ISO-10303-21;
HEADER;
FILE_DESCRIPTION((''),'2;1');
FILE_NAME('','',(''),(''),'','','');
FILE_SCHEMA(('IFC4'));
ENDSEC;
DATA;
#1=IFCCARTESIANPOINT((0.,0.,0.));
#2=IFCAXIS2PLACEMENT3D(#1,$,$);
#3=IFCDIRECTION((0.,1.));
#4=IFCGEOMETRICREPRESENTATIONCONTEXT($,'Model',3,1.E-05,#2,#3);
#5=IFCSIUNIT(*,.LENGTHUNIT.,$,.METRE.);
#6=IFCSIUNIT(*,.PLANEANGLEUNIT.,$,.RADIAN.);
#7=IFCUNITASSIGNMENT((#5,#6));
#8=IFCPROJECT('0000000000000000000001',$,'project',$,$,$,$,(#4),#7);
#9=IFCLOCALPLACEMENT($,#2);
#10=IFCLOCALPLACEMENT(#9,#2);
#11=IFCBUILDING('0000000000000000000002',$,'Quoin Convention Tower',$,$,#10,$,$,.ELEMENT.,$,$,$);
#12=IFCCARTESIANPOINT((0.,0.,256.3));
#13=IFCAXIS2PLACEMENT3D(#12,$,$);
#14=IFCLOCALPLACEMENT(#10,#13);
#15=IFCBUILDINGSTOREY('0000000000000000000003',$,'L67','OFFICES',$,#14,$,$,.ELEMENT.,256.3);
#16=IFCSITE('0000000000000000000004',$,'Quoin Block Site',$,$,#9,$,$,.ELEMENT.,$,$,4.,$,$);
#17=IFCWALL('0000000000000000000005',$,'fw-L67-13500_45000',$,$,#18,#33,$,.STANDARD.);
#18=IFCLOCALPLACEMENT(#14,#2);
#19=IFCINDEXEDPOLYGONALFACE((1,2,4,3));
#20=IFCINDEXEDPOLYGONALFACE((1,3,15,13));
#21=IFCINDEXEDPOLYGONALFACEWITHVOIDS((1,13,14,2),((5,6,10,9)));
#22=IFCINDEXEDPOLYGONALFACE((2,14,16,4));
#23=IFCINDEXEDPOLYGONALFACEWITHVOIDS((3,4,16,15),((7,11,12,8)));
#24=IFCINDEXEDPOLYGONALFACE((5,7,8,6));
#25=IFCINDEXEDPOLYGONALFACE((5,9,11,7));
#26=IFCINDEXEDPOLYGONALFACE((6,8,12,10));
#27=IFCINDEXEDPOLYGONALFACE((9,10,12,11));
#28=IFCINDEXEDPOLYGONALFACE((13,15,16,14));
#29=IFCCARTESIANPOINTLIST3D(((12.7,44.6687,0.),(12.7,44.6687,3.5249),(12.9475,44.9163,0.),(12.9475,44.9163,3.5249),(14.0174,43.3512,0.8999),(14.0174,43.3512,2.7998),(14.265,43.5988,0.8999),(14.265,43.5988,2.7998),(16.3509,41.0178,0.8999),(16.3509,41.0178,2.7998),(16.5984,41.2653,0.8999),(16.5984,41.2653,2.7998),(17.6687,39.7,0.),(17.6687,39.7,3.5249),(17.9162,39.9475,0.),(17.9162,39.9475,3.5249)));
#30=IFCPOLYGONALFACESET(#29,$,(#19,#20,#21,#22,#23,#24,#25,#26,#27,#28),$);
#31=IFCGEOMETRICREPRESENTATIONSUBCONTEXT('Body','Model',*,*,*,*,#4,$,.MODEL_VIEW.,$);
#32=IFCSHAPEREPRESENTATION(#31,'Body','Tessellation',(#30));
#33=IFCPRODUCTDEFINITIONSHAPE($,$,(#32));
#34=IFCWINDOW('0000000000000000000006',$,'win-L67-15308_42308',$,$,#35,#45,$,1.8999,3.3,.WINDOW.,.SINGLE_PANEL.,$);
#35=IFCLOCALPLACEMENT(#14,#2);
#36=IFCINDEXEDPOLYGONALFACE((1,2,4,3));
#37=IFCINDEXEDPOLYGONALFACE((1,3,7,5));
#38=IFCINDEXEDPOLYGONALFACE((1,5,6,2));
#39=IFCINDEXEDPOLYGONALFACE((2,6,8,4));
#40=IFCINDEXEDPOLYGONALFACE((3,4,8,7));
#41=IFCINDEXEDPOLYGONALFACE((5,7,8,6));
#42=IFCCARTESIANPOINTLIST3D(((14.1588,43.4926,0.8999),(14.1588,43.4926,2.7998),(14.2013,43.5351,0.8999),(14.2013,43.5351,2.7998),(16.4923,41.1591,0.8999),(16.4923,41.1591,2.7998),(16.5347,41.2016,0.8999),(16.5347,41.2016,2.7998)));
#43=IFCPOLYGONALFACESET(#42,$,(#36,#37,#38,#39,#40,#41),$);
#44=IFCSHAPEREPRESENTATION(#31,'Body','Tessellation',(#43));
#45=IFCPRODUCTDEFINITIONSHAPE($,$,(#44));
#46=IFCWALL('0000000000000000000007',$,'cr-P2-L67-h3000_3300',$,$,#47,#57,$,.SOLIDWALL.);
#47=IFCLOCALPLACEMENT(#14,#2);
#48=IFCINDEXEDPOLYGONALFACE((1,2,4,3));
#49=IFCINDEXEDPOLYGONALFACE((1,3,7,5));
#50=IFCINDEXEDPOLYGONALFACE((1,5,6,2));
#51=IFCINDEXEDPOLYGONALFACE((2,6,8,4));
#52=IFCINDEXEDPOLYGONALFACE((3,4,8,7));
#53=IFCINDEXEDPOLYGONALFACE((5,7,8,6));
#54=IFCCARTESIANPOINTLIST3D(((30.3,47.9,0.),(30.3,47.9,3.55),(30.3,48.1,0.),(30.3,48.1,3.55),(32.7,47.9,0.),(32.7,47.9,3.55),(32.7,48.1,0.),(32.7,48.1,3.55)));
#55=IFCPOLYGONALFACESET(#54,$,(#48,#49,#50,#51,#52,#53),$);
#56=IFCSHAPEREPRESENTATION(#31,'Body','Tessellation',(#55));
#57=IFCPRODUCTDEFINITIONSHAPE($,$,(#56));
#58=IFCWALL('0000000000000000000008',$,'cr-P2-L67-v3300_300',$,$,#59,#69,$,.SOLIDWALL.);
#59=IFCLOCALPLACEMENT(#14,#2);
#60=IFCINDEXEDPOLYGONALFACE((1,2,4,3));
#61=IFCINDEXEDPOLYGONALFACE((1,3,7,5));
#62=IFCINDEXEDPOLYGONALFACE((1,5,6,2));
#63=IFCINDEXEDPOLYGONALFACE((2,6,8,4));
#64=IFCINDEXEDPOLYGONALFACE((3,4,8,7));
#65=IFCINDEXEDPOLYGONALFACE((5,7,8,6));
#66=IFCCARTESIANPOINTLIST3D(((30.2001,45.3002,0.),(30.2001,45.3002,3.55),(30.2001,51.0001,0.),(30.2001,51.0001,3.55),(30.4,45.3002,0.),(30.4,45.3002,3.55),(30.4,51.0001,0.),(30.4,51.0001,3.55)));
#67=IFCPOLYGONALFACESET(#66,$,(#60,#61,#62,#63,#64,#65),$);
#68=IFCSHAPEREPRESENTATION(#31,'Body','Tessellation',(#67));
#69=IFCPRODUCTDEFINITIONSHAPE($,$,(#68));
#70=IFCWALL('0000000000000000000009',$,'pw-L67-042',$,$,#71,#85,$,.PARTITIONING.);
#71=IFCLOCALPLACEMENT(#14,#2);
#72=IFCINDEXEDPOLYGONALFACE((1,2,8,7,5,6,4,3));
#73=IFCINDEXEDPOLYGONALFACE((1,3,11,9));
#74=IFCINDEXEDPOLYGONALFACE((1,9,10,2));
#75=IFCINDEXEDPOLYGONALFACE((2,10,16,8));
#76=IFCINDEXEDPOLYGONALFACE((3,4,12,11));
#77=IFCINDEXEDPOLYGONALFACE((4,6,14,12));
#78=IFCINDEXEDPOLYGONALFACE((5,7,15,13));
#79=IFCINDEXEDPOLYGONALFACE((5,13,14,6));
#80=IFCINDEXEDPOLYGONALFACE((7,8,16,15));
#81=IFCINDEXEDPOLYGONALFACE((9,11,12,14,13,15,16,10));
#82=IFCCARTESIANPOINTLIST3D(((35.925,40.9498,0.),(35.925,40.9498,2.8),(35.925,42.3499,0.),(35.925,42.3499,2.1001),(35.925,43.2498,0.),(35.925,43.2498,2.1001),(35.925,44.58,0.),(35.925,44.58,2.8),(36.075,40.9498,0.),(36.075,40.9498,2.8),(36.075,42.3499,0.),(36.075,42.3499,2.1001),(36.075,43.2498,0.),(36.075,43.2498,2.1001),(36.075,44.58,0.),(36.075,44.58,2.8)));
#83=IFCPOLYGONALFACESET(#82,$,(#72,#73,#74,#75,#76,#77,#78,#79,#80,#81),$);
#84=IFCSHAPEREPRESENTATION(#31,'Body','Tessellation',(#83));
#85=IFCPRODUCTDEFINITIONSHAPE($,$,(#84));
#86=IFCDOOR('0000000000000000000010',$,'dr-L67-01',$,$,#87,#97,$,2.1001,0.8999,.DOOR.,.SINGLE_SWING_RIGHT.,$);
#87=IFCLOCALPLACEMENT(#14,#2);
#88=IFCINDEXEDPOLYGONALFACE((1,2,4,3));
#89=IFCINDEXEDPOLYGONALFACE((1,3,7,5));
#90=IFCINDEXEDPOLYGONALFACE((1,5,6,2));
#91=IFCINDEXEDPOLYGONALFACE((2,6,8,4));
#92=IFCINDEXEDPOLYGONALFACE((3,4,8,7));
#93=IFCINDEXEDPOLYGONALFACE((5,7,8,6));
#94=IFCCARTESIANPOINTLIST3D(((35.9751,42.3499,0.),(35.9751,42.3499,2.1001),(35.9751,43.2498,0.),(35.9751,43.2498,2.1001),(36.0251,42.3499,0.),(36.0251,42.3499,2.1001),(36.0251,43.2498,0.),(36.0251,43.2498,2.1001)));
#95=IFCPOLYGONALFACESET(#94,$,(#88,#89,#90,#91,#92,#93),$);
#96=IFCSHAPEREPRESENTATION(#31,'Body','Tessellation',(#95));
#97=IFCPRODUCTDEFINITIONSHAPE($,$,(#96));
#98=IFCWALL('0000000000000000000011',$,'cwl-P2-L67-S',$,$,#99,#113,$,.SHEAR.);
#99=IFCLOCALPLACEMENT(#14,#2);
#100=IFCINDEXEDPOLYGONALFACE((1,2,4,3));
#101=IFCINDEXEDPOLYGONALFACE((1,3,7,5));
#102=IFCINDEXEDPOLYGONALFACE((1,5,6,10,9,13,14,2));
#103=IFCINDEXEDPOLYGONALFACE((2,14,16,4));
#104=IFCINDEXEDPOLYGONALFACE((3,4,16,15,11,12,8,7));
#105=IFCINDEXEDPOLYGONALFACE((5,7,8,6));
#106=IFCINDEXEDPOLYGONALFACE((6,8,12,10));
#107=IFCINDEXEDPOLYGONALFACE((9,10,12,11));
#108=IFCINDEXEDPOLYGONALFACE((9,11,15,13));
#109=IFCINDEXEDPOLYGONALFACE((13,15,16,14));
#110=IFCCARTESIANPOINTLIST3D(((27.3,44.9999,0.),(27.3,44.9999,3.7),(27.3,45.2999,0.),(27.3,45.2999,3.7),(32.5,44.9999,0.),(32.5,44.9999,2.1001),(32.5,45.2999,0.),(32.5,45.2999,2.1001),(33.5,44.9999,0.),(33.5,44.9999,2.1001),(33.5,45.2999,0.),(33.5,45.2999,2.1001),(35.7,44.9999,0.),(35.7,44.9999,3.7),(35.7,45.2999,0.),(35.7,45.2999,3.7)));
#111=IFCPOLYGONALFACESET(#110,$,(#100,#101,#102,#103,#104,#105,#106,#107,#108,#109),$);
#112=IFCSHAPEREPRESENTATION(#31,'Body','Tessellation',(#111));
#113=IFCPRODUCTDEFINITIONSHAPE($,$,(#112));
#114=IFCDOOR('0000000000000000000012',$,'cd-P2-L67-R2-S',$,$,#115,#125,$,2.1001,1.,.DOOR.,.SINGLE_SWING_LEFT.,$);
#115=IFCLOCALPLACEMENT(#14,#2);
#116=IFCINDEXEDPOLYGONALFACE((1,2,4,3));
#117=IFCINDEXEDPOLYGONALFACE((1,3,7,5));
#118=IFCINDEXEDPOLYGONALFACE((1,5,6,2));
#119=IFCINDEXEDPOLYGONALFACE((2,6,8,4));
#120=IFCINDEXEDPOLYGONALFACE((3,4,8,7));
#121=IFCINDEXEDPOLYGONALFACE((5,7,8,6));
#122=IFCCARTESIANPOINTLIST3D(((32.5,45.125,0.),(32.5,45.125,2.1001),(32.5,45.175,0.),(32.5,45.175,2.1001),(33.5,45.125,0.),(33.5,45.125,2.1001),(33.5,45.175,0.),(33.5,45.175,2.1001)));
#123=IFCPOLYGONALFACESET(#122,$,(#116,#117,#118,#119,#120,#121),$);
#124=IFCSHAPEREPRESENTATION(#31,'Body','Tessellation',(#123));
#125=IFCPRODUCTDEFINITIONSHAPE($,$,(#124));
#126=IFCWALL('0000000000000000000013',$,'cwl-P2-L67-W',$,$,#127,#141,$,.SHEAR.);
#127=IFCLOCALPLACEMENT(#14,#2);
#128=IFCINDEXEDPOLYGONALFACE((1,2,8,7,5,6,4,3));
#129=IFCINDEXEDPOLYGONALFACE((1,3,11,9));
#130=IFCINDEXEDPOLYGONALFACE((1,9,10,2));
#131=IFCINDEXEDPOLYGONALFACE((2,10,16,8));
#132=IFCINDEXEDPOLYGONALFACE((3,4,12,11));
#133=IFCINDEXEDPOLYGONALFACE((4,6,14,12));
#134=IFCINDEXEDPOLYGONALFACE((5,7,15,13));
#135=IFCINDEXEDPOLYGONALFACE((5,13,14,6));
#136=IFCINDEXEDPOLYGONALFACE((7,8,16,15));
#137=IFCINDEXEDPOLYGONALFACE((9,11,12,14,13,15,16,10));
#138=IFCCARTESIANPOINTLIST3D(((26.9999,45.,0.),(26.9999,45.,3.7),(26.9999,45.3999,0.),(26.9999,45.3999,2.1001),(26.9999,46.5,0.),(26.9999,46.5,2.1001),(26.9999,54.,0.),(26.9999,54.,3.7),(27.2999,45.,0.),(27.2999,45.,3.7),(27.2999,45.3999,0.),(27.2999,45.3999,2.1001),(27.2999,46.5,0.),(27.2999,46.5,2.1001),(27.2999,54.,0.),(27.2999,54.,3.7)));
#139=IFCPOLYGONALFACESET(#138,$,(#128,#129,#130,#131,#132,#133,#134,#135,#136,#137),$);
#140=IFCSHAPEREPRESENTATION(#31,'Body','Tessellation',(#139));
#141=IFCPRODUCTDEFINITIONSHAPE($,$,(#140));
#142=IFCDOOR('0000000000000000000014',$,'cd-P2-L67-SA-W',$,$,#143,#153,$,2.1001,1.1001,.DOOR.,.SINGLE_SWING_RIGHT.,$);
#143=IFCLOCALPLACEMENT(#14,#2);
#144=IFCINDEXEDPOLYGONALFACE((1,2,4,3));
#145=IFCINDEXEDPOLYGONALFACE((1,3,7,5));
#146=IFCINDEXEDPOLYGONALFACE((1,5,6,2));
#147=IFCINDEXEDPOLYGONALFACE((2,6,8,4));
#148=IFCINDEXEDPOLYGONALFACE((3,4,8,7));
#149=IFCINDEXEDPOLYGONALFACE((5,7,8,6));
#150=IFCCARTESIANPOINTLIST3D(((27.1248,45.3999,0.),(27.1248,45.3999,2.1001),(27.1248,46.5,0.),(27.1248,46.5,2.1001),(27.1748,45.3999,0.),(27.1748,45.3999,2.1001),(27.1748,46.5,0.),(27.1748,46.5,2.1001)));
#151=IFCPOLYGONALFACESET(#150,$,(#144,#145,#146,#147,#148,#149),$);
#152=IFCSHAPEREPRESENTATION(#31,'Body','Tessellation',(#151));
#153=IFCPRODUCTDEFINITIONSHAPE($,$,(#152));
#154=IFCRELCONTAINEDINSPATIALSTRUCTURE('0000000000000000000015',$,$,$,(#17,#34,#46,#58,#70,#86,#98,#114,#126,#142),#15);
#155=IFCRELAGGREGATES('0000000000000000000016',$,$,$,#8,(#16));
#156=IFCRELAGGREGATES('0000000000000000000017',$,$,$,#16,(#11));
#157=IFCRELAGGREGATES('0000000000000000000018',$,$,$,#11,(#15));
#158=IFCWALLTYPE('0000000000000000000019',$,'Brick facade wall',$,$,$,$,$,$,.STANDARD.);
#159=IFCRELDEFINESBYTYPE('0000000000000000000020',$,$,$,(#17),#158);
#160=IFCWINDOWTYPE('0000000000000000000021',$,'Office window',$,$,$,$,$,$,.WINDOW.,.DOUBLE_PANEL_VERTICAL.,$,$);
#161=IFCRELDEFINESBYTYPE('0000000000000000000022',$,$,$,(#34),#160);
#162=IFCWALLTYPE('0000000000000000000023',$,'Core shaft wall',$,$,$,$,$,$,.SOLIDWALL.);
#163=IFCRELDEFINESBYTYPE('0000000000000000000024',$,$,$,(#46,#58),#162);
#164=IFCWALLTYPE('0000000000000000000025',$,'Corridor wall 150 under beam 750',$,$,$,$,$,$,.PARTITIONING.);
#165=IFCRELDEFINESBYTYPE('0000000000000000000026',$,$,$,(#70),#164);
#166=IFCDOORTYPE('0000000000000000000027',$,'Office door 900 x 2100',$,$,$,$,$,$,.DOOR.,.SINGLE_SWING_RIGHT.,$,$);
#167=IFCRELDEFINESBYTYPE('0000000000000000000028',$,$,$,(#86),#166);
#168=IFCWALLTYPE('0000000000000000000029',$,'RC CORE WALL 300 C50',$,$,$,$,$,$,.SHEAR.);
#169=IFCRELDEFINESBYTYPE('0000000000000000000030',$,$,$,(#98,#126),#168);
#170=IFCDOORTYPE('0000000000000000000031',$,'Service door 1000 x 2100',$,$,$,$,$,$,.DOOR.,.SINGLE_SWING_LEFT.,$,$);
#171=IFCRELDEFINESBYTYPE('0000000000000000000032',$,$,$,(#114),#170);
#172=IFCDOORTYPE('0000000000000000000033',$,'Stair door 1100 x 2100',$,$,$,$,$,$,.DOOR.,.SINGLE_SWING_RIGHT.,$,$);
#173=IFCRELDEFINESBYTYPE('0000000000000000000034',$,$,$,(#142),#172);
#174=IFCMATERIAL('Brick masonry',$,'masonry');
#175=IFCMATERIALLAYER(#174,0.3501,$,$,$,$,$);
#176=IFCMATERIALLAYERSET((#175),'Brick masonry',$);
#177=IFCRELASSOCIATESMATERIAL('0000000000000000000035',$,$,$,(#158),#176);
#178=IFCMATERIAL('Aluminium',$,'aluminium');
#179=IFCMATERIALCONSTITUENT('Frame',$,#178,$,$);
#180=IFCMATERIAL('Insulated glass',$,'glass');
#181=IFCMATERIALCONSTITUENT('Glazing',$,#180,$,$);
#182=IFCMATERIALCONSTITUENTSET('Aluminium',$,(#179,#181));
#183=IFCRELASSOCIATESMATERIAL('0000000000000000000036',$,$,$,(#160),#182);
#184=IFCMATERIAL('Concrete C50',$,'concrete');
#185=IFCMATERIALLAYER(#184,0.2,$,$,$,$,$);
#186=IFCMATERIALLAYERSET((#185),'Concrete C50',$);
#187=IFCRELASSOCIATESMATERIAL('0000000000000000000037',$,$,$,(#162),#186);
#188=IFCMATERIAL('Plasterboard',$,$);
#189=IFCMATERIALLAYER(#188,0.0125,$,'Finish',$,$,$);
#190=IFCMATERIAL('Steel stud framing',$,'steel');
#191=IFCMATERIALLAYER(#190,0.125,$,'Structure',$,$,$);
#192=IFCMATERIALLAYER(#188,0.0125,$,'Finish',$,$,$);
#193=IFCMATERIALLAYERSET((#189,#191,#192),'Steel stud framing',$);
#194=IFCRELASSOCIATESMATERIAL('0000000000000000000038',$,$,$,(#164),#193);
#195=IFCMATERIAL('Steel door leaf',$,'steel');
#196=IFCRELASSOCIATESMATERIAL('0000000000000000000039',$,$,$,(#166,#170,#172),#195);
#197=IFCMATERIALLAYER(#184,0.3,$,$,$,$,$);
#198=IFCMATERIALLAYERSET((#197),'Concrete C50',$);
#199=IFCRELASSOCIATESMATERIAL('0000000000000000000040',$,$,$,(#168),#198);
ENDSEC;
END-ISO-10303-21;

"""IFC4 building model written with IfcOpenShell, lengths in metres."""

from ifc_helpers import new_model, si_unit, direction, frame, frame_2d, origin, place, context, subcontext, project, spatial, rectangle, extrude, material, layer, layer_set, constituent, constituent_set, type_object, element, fill, save


model = new_model("IFC4")

# Units and contexts
model_context = context("Model", 3, precision=1e-05, world=origin(), true_north=direction((0.0, 1.0)))
body_context = subcontext(model_context, "Body", "Model", "MODEL_VIEW")
ifc_project = project(units=[si_unit("LENGTHUNIT", "METRE"), si_unit("PLANEANGLEUNIT", "RADIAN")], contexts=[model_context])

# Site, building, storey
site_placement = place(None, origin())
site = spatial("IfcSite", under=ifc_project, at=site_placement, Name="Quoin Block Site", CompositionType="ELEMENT", RefElevation=4.0)
building_placement = place(site_placement, origin())
building = spatial("IfcBuilding", under=site, at=building_placement, Name="Quoin Convention Tower", CompositionType="ELEMENT")
storey_placement = place(building_placement, frame((0.0, 0.0, 256.3)))
storey = spatial("IfcBuildingStorey", under=building, at=storey_placement, Name="L67", Description="OFFICES", CompositionType="ELEMENT", Elevation=256.3)

# Shared definitions
ifc_material_1 = material(Name="Concrete C50", Category="concrete")

# Wall, opening, window
ifc_material_2 = material(Name="Brick masonry", Category="masonry")
ifc_layer_1 = layer(ifc_material_2, 0.3501)
ifc_layer_set_1 = layer_set([ifc_layer_1], Name="Brick masonry")
wall_type_1 = type_object("IfcWallType", Name="Brick facade wall", PredefinedType="STANDARD", material=ifc_layer_set_1)
wall_1_placement = place(storey_placement, frame((12.8237, 44.7925, 0.0), z_axis=(0.0, 0.0, 1.0), x_axis=(0.707107, -0.707107, 0.0)))
wall_1 = element("IfcWall", 1, at=wall_1_placement, inside=storey, type_object=wall_type_1, Name="fw-L67-13500_45000", PredefinedType="STANDARD", context=body_context, shape_type="SweptSolid", body=[
    extrude(rectangle(XDim=7.0269, YDim=0.3501, at=frame_2d((3.5134, 0.0))), origin(), (0.0, 0.0, 1.0), 3.5249),
])
opening_1_placement = place(wall_1_placement, frame((1.8633, 0.0, 0.8999)))
opening_1 = element("IfcOpeningElement", 2, at=opening_1_placement, cuts=wall_1, PredefinedType="OPENING", context=body_context, shape_type="SweptSolid", body=[
    extrude(rectangle(XDim=3.3, YDim=1.8999, at=frame_2d((1.6499, 0.95))), frame((0.0, 0.1851, 0.0), z_axis=(0.0, -1.0, 0.0), x_axis=(1.0, 0.0, 0.0)), (0.0, 0.0, 1.0), 0.3701),
])
ifc_material_3 = material(Name="Aluminium", Category="aluminium")
ifc_constituent_1 = constituent(ifc_material_3, Name="Frame")
ifc_material_4 = material(Name="Insulated glass", Category="glass")
ifc_constituent_2 = constituent(ifc_material_4, Name="Glazing")
ifc_constituent_set = constituent_set(constituents=[ifc_constituent_1, ifc_constituent_2], Name="Aluminium")
window_type = type_object("IfcWindowType", Name="Office window", PartitioningType="DOUBLE_PANEL_VERTICAL", PredefinedType="WINDOW", material=ifc_constituent_set)
window_placement = place(opening_1_placement, origin())
window = element("IfcWindow", 3, at=window_placement, inside=storey, type_object=window_type, Name="win-L67-15308_42308", OverallHeight=1.8999, OverallWidth=3.3, PartitioningType="SINGLE_PANEL", PredefinedType="WINDOW", context=body_context, shape_type="SweptSolid", body=[
    extrude(rectangle(XDim=3.3, YDim=1.8999, at=frame_2d((1.6499, 0.95))), frame((0.0, 0.085, 0.0), z_axis=(0.0, -1.0, 0.0), x_axis=(1.0, 0.0, 0.0)), (0.0, 0.0, 1.0), 0.0601),
])
fill(opening_1, window)

# Walls
ifc_layer_2 = layer(ifc_material_1, 0.2)
ifc_layer_set_2 = layer_set([ifc_layer_2], Name="Concrete C50")
wall_type_2 = type_object("IfcWallType", Name="Core shaft wall", PredefinedType="SOLIDWALL", material=ifc_layer_set_2)
wall_2_placement = place(storey_placement, frame((30.3, 48.0, 0.0), z_axis=(0.0, 0.0, 1.0), x_axis=(1.0, 0.0, 0.0)))
element("IfcWall", 4, at=wall_2_placement, inside=storey, type_object=wall_type_2, Name="cr-P2-L67-h3000_3300", PredefinedType="SOLIDWALL", context=body_context, shape_type="SweptSolid", body=[
    extrude(rectangle(XDim=2.3999, YDim=0.2, at=frame_2d((1.2, 0.0))), origin(), (0.0, 0.0, 1.0), 3.55),
])
wall_3_placement = place(storey_placement, frame((30.3, 45.3, 0.0), z_axis=(0.0, 0.0, 1.0), x_axis=(0.0, 1.0, 0.0)))
element("IfcWall", 5, at=wall_3_placement, inside=storey, type_object=wall_type_2, Name="cr-P2-L67-v3300_300", PredefinedType="SOLIDWALL", context=body_context, shape_type="SweptSolid", body=[
    extrude(rectangle(XDim=5.7, YDim=0.2, at=frame_2d((2.8501, 0.0))), origin(), (0.0, 0.0, 1.0), 3.55),
])

# Walls, openings, doors
ifc_material_5 = material(Name="Plasterboard")
ifc_layer_3 = layer(ifc_material_5, 0.0125, Name="Finish")
ifc_material_6 = material(Name="Steel stud framing", Category="steel")
ifc_layer_4 = layer(ifc_material_6, 0.125, Name="Structure")
ifc_layer_5 = layer(ifc_material_5, 0.0125, Name="Finish")
ifc_layer_set_3 = layer_set([ifc_layer_3, ifc_layer_4, ifc_layer_5], Name="Steel stud framing")
wall_type_3 = type_object("IfcWallType", Name="Corridor wall 150 under beam 750", PredefinedType="PARTITIONING", material=ifc_layer_set_3)
wall_4_placement = place(storey_placement, frame((36.0, 40.95, 0.0), z_axis=(0.0, 0.0, 1.0), x_axis=(0.0, 1.0, 0.0)))
wall_4 = element("IfcWall", 6, at=wall_4_placement, inside=storey, type_object=wall_type_3, Name="pw-L67-042", PredefinedType="PARTITIONING", context=body_context, shape_type="SweptSolid", body=[
    extrude(rectangle(XDim=3.6301, YDim=0.1499, at=frame_2d((1.8149, 0.0))), origin(), (0.0, 0.0, 1.0), 2.8),
])
opening_2_placement = place(wall_4_placement, frame((1.3999, 0.0, 0.0)))
opening_2 = element("IfcOpeningElement", 7, at=opening_2_placement, cuts=wall_4, PredefinedType="OPENING", context=body_context, shape_type="SweptSolid", body=[
    extrude(rectangle(XDim=0.8999, YDim=2.1001, at=frame_2d((0.45, 1.05))), frame((0.0, 0.085, 0.0), z_axis=(0.0, -1.0, 0.0), x_axis=(1.0, 0.0, 0.0)), (0.0, 0.0, 1.0), 0.1699),
])
ifc_material_7 = material(Name="Steel door leaf", Category="steel")
door_type_1 = type_object("IfcDoorType", Name="Office door 900 x 2100", OperationType="SINGLE_SWING_RIGHT", PredefinedType="DOOR", material=ifc_material_7)
door_1_placement = place(opening_2_placement, origin())
door_1 = element("IfcDoor", 8, at=door_1_placement, inside=storey, type_object=door_type_1, Name="dr-L67-01", OperationType="SINGLE_SWING_RIGHT", OverallHeight=2.1001, OverallWidth=0.8999, PredefinedType="DOOR", context=body_context, shape_type="SweptSolid", body=[
    extrude(rectangle(XDim=0.8999, YDim=2.1001, at=frame_2d((0.45, 1.05))), frame((0.0, 0.0249, 0.0), z_axis=(0.0, -1.0, 0.0), x_axis=(1.0, 0.0, 0.0)), (0.0, 0.0, 1.0), 0.05),
])
fill(opening_2, door_1)
ifc_layer_6 = layer(ifc_material_1, 0.3)
ifc_layer_set_4 = layer_set([ifc_layer_6], Name="Concrete C50")
wall_type_4 = type_object("IfcWallType", Name="RC CORE WALL 300 C50", PredefinedType="SHEAR", material=ifc_layer_set_4)
wall_5_placement = place(storey_placement, frame((27.3, 45.1499, 0.0), z_axis=(0.0, 0.0, 1.0), x_axis=(1.0, 0.0, 0.0)))
wall_5 = element("IfcWall", 9, at=wall_5_placement, inside=storey, type_object=wall_type_4, Name="cwl-P2-L67-S", PredefinedType="SHEAR", context=body_context, shape_type="SweptSolid", body=[
    extrude(rectangle(XDim=8.3999, YDim=0.3, at=frame_2d((4.2, 0.0))), origin(), (0.0, 0.0, 1.0), 3.7),
])
opening_3_placement = place(wall_5_placement, frame((5.2, 0.0, 0.0)))
opening_3 = element("IfcOpeningElement", 10, at=opening_3_placement, cuts=wall_5, PredefinedType="OPENING", context=body_context, shape_type="SweptSolid", body=[
    extrude(rectangle(XDim=1.0, YDim=2.1001, at=frame_2d((0.5, 1.05))), frame((0.0, 0.1599, 0.0), z_axis=(0.0, -1.0, 0.0), x_axis=(1.0, 0.0, 0.0)), (0.0, 0.0, 1.0), 0.3201),
])
door_type_2 = type_object("IfcDoorType", Name="Service door 1000 x 2100", OperationType="SINGLE_SWING_LEFT", PredefinedType="DOOR", material=ifc_material_7)
door_2_placement = place(opening_3_placement, frame((1.0, 0.0, 0.0), z_axis=(0.0, 0.0, 1.0), x_axis=(-1.0, 0.0, 0.0)))
door_2 = element("IfcDoor", 11, at=door_2_placement, inside=storey, type_object=door_type_2, Name="cd-P2-L67-R2-S", OperationType="SINGLE_SWING_LEFT", OverallHeight=2.1001, OverallWidth=1.0, PredefinedType="DOOR", context=body_context, shape_type="SweptSolid", body=[
    extrude(rectangle(XDim=1.0, YDim=2.1001, at=frame_2d((0.5, 1.05))), frame((0.0, 0.0249, 0.0), z_axis=(0.0, -1.0, 0.0), x_axis=(1.0, 0.0, 0.0)), (0.0, 0.0, 1.0), 0.05),
])
fill(opening_3, door_2)
wall_6_placement = place(storey_placement, frame((27.1499, 45.0, 0.0), z_axis=(0.0, 0.0, 1.0), x_axis=(0.0, 1.0, 0.0)))
wall_6 = element("IfcWall", 12, at=wall_6_placement, inside=storey, type_object=wall_type_4, Name="cwl-P2-L67-W", PredefinedType="SHEAR", context=body_context, shape_type="SweptSolid", body=[
    extrude(rectangle(XDim=9.0, YDim=0.3, at=frame_2d((4.5, 0.0))), origin(), (0.0, 0.0, 1.0), 3.7),
])
opening_4_placement = place(wall_6_placement, frame((0.3999, 0.0, 0.0)))
opening_4 = element("IfcOpeningElement", 13, at=opening_4_placement, cuts=wall_6, PredefinedType="OPENING", context=body_context, shape_type="SweptSolid", body=[
    extrude(rectangle(XDim=1.1001, YDim=2.1001, at=frame_2d((0.55, 1.05))), frame((0.0, 0.1599, 0.0), z_axis=(0.0, -1.0, 0.0), x_axis=(1.0, 0.0, 0.0)), (0.0, 0.0, 1.0), 0.3201),
])
door_type_3 = type_object("IfcDoorType", Name="Stair door 1100 x 2100", OperationType="SINGLE_SWING_RIGHT", PredefinedType="DOOR", material=ifc_material_7)
door_3_placement = place(opening_4_placement, frame((1.1001, 0.0, 0.0), z_axis=(0.0, 0.0, 1.0), x_axis=(-1.0, 0.0, 0.0)))
door_3 = element("IfcDoor", 14, at=door_3_placement, inside=storey, type_object=door_type_3, Name="cd-P2-L67-SA-W", OperationType="SINGLE_SWING_RIGHT", OverallHeight=2.1001, OverallWidth=1.1001, PredefinedType="DOOR", context=body_context, shape_type="SweptSolid", body=[
    extrude(rectangle(XDim=1.1001, YDim=2.1001, at=frame_2d((0.55, 1.05))), frame((0.0, 0.0249, 0.0), z_axis=(0.0, -1.0, 0.0), x_axis=(1.0, 0.0, 0.0)), (0.0, 0.0, 1.0), 0.05),
])
fill(opening_4, door_3)

save(model, "model.ifc")
